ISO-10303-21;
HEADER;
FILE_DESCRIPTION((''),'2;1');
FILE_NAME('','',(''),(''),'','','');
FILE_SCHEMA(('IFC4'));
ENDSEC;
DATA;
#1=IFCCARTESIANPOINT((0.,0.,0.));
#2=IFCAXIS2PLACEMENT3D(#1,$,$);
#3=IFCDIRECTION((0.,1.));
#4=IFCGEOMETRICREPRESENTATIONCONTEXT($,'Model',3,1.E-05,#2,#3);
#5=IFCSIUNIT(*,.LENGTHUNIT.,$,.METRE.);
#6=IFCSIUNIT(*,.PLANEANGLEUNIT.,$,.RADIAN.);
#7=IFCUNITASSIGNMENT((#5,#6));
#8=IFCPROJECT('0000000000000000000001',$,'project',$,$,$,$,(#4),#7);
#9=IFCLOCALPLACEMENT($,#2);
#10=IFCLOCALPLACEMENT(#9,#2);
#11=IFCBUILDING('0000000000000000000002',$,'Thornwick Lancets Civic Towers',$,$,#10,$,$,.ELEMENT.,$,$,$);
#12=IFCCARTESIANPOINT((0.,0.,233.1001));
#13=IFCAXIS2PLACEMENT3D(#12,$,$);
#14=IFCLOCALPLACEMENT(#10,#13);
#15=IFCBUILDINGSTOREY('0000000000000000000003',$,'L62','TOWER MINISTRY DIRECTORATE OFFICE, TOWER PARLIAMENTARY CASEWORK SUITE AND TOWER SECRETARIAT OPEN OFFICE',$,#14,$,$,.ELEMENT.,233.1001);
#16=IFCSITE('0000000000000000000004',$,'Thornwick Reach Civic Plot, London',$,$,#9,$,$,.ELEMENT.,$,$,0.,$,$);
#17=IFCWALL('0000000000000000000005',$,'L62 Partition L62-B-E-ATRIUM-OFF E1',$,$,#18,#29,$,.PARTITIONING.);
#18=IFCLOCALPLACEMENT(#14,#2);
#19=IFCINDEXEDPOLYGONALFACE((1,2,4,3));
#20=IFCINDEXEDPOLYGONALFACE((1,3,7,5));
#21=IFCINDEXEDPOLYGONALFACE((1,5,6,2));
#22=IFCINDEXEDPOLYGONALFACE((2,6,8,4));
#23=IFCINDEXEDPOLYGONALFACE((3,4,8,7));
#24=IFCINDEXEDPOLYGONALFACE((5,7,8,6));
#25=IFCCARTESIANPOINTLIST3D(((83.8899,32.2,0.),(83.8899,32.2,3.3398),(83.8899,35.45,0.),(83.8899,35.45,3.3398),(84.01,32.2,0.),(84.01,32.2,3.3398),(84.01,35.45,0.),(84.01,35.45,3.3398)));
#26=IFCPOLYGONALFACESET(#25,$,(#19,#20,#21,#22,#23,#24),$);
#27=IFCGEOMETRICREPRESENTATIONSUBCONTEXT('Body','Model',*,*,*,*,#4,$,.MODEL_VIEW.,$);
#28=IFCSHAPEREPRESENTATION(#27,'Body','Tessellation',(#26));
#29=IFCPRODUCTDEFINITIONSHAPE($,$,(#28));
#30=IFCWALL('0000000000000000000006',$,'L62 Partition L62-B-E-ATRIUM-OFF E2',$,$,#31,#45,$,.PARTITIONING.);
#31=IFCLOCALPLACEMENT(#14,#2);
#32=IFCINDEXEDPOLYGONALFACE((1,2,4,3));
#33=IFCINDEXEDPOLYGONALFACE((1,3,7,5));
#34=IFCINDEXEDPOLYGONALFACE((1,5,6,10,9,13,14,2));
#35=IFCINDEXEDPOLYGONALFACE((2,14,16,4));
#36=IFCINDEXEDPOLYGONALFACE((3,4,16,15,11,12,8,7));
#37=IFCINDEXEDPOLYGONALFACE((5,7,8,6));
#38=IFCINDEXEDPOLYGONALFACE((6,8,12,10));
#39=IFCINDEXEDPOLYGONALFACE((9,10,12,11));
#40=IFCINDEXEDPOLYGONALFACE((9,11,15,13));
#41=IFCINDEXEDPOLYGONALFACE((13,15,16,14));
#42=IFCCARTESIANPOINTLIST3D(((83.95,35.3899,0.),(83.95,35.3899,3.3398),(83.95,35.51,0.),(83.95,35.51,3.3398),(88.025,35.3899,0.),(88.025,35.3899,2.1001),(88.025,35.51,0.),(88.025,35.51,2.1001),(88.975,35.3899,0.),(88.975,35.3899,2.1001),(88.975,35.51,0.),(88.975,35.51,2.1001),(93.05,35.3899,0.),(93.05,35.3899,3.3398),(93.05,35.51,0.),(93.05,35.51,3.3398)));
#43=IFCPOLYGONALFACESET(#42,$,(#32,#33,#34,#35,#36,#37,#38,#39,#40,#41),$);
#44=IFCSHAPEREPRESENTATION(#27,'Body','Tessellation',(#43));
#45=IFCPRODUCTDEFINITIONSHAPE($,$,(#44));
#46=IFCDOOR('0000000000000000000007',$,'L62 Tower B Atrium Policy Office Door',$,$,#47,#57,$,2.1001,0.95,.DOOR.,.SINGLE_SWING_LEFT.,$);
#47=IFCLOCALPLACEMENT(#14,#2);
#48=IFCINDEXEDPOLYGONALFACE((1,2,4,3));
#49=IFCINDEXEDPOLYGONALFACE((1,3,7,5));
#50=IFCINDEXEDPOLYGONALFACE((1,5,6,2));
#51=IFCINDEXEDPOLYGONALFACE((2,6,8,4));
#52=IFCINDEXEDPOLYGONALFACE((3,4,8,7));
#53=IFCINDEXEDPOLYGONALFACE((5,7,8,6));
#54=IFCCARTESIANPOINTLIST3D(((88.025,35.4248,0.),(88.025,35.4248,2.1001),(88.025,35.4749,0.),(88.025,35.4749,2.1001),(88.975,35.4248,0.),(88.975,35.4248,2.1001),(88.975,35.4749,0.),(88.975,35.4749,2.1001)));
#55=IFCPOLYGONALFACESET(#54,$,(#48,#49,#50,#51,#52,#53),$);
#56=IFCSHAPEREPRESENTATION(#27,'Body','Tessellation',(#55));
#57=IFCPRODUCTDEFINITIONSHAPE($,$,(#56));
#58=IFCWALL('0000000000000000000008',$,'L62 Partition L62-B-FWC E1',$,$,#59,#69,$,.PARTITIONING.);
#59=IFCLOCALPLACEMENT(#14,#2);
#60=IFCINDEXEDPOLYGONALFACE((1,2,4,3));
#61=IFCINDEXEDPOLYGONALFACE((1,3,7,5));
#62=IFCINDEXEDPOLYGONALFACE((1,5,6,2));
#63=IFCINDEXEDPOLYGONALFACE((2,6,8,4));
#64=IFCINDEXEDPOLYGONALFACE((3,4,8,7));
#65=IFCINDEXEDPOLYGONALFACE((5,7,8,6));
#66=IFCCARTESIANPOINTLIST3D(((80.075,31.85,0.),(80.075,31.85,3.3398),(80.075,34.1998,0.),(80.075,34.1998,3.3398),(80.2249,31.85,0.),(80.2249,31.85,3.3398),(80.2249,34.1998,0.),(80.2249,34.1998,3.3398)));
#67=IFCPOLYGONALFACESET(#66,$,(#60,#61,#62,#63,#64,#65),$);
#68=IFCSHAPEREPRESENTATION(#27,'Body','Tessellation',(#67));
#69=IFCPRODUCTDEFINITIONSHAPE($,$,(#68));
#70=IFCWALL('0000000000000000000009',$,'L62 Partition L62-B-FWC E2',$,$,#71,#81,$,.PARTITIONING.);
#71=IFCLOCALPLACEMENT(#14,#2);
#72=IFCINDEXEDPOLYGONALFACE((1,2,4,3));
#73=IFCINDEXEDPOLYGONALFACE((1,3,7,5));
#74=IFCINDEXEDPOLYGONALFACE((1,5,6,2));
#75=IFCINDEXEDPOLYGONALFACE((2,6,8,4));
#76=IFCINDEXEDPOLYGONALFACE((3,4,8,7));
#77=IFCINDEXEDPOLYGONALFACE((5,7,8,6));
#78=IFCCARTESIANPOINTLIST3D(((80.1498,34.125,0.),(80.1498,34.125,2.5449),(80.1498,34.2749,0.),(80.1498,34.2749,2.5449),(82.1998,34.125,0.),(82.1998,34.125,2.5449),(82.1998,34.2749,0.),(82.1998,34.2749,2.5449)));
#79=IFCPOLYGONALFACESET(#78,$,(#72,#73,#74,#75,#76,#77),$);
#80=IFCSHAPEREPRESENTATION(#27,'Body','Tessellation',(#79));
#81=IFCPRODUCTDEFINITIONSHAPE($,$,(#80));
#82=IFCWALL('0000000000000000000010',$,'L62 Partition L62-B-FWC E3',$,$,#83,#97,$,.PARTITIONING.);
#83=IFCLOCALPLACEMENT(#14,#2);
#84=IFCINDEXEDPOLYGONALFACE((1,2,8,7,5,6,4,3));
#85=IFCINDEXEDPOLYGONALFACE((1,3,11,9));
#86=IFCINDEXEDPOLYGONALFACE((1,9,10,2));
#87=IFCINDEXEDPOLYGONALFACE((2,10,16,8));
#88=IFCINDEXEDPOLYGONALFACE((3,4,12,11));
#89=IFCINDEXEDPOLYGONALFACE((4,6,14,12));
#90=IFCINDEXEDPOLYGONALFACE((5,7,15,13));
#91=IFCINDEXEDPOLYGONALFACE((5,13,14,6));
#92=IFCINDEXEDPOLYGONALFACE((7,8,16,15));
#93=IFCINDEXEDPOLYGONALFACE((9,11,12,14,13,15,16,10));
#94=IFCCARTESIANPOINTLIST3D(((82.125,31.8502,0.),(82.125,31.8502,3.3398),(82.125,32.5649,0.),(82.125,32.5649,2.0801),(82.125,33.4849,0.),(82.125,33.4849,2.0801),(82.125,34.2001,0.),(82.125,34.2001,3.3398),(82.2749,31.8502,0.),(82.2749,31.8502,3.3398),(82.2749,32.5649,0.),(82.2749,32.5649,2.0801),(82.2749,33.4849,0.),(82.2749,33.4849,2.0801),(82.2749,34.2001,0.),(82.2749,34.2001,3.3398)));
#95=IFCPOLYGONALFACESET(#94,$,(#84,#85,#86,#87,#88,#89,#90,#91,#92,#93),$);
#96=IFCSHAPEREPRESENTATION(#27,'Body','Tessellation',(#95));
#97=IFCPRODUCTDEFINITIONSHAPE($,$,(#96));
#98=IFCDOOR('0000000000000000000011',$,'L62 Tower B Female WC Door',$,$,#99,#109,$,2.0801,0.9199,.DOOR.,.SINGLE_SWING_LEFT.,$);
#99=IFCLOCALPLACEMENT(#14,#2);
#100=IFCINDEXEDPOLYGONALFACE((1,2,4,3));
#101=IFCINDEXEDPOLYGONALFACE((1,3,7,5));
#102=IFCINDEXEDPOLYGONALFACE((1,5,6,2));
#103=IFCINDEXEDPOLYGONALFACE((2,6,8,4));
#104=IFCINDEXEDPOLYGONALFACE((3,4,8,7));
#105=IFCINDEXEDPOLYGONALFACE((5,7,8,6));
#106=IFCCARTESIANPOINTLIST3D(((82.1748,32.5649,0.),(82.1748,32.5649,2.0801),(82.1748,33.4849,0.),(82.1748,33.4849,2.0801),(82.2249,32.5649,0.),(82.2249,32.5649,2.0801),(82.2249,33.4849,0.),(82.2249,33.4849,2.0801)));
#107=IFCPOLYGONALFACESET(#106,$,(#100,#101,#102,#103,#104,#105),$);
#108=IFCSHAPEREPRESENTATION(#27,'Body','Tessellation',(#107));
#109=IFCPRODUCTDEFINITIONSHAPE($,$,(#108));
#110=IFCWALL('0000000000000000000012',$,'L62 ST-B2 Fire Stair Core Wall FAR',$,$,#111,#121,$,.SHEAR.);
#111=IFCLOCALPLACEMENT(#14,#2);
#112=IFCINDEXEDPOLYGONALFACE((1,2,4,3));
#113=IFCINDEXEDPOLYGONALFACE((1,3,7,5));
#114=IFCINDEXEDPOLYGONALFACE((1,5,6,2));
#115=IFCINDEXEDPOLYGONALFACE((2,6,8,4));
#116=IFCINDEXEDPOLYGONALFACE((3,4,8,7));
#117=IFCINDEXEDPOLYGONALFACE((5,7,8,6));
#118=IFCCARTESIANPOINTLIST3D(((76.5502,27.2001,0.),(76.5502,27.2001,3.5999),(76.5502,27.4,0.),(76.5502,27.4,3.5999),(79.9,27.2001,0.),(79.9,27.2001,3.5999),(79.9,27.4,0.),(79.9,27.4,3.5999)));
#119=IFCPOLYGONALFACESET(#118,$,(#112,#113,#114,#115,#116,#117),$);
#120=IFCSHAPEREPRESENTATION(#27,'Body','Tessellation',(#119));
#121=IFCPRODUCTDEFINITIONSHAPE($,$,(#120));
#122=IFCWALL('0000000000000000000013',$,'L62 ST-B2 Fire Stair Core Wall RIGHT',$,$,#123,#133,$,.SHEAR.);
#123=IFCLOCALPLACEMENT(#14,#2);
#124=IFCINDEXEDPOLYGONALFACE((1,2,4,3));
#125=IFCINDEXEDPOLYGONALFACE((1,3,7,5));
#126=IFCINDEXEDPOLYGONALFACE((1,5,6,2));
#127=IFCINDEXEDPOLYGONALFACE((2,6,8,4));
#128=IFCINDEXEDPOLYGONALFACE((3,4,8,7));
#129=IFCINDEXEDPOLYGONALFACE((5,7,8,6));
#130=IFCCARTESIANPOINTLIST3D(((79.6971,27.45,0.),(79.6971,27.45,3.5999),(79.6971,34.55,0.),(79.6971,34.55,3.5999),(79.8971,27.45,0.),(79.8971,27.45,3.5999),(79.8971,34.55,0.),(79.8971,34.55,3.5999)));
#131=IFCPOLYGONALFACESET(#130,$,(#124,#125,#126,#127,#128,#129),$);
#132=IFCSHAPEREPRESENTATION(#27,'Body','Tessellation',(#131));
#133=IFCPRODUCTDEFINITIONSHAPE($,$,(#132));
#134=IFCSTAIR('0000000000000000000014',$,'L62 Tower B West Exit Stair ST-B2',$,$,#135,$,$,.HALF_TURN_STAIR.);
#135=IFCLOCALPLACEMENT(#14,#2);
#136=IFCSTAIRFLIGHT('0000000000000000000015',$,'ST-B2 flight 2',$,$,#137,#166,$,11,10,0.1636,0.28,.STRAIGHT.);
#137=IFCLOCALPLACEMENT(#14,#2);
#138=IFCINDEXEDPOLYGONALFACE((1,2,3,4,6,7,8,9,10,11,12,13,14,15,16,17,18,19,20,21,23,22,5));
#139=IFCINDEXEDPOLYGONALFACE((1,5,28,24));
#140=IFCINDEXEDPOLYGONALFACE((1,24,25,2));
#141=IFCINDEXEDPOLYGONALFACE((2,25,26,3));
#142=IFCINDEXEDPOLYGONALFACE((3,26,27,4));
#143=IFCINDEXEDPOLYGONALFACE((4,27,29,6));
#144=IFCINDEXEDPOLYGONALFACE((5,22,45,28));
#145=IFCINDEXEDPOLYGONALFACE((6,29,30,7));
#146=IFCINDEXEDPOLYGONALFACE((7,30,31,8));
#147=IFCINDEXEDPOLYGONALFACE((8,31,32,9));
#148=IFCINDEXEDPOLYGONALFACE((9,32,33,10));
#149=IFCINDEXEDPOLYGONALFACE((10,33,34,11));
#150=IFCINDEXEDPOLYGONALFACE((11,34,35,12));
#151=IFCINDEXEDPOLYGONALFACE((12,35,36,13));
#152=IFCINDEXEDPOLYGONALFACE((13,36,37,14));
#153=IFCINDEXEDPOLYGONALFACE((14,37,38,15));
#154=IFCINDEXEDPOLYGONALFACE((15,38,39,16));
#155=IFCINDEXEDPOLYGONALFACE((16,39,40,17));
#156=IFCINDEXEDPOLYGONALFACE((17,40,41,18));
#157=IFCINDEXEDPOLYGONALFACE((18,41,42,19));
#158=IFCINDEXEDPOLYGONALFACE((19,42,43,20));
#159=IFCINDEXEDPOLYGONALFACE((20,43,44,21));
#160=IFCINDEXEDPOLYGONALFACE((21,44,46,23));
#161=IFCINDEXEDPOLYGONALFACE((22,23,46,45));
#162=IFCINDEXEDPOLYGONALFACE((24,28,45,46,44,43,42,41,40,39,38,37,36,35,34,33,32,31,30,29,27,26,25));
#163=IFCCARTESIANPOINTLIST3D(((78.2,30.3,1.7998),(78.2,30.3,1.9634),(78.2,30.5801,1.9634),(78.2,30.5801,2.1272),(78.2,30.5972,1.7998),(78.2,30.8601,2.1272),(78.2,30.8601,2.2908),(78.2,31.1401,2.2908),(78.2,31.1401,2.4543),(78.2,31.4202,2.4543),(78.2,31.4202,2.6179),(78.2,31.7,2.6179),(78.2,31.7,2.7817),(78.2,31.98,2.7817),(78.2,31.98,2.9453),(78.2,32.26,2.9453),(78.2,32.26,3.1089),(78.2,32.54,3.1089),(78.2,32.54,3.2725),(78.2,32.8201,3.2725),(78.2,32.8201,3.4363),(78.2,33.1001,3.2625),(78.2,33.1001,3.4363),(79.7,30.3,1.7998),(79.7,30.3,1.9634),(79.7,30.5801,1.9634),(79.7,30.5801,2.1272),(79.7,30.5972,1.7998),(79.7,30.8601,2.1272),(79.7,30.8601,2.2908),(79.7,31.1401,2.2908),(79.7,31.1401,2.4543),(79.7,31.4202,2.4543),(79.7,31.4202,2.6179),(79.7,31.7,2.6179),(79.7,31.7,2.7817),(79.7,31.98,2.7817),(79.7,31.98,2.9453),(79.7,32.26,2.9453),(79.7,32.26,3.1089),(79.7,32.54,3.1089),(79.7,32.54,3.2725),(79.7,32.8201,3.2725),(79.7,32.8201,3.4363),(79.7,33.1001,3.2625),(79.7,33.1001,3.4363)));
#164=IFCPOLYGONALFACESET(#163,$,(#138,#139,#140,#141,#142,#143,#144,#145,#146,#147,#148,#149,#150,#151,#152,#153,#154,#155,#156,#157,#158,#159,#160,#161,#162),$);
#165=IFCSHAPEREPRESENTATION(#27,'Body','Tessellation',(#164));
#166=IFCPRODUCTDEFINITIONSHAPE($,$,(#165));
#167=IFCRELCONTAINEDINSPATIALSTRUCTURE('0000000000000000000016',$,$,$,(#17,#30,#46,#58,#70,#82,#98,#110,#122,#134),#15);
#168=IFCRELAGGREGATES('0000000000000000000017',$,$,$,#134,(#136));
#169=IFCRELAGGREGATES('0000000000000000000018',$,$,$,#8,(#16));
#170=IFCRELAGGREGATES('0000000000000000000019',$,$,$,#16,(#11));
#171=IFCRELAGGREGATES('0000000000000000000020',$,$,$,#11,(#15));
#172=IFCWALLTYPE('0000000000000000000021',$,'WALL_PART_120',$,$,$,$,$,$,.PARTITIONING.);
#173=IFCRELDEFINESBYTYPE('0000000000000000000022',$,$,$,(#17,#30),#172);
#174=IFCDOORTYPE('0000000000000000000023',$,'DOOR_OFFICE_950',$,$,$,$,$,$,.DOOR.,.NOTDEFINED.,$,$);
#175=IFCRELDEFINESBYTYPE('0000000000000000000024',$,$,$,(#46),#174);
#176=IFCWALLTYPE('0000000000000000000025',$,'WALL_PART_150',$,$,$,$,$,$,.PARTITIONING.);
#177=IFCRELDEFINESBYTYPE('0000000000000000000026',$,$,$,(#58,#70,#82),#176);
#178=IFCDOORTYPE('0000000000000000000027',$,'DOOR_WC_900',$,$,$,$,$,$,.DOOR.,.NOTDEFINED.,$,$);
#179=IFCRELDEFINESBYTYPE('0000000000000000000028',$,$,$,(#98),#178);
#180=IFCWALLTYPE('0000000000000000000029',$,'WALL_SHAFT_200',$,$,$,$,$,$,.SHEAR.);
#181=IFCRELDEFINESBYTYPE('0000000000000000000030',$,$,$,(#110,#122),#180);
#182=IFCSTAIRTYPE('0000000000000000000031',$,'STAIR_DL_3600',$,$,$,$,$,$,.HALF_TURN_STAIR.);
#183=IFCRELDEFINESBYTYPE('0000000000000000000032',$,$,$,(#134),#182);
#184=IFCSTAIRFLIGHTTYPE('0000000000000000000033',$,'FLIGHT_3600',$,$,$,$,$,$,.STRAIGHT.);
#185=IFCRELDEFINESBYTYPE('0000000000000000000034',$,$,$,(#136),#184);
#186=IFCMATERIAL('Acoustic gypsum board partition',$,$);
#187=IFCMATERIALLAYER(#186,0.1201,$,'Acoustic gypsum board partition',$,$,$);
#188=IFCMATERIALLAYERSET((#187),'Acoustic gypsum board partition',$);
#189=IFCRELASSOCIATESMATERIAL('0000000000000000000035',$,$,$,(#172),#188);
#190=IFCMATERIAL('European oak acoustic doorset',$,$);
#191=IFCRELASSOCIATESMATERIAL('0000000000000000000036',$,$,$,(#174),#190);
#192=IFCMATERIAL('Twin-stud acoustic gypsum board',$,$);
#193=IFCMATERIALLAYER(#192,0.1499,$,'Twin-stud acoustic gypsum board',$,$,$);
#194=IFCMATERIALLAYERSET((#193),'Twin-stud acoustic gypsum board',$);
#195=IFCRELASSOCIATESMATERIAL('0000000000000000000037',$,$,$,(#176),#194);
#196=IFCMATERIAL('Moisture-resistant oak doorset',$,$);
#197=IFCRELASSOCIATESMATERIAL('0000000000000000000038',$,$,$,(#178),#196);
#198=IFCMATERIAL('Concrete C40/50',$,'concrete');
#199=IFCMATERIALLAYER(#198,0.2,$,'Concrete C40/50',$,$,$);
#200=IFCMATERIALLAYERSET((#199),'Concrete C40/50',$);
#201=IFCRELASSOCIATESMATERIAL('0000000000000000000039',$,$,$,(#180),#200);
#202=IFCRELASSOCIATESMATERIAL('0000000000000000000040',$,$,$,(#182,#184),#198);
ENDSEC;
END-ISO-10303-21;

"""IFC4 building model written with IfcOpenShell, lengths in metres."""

from ifc_helpers import new_model, si_unit, direction, frame, frame_2d, origin, place, context, subcontext, project, spatial, polyline, rectangle, outline, extrude, material, layer, layer_set, type_object, element, fill, aggregate, save


model = new_model("IFC4")

# Units and contexts
model_context = context("Model", 3, precision=1e-05, world=origin(), true_north=direction((0.0, 1.0)))
body_context = subcontext(model_context, "Body", "Model", "MODEL_VIEW")
ifc_project = project(units=[si_unit("LENGTHUNIT", "METRE"), si_unit("PLANEANGLEUNIT", "RADIAN")], contexts=[model_context])

# Site, building, storey
site_placement = place(None, origin())
site = spatial("IfcSite", under=ifc_project, at=site_placement, Name="Thornwick Reach Civic Plot, London", CompositionType="ELEMENT", RefElevation=0.0)
building_placement = place(site_placement, origin())
building = spatial("IfcBuilding", under=site, at=building_placement, Name="Thornwick Lancets Civic Towers", CompositionType="ELEMENT")
storey_placement = place(building_placement, frame((0.0, 0.0, 233.1001)))
storey = spatial("IfcBuildingStorey", under=building, at=storey_placement, Name="L62", Description="TOWER MINISTRY DIRECTORATE OFFICE, TOWER PARLIAMENTARY CASEWORK SUITE AND TOWER SECRETARIAT OPEN OFFICE", CompositionType="ELEMENT", Elevation=233.1001)

# Wall
ifc_material_1 = material(Name="Acoustic gypsum board partition")
ifc_layer_1 = layer(ifc_material_1, 0.1201, Name="Acoustic gypsum board partition")
ifc_layer_set_1 = layer_set([ifc_layer_1], Name="Acoustic gypsum board partition")
wall_type_1 = type_object("IfcWallType", Name="WALL_PART_120", PredefinedType="PARTITIONING", material=ifc_layer_set_1)
wall_1_placement = place(storey_placement, frame((83.95, 32.2, 0.0), z_axis=(0.0, 0.0, 1.0), x_axis=(0.0, 1.0, 0.0)))
element("IfcWall", 1, at=wall_1_placement, inside=storey, type_object=wall_type_1, Name="L62 Partition L62-B-E-ATRIUM-OFF E1", PredefinedType="PARTITIONING", context=body_context, shape_type="SweptSolid", body=[
    extrude(rectangle(XDim=3.25, YDim=0.1201, at=frame_2d((1.625, 0.0))), origin(), (0.0, 0.0, 1.0), 3.3398),
])

# Wall, opening, door
wall_2_placement = place(storey_placement, frame((83.95, 35.45, 0.0), z_axis=(0.0, 0.0, 1.0), x_axis=(1.0, 0.0, 0.0)))
wall_2 = element("IfcWall", 2, at=wall_2_placement, inside=storey, type_object=wall_type_1, Name="L62 Partition L62-B-E-ATRIUM-OFF E2", PredefinedType="PARTITIONING", context=body_context, shape_type="SweptSolid", body=[
    extrude(rectangle(XDim=9.1001, YDim=0.1201, at=frame_2d((4.55, 0.0))), origin(), (0.0, 0.0, 1.0), 3.3398),
])
opening_1_placement = place(wall_2_placement, frame((4.075, 0.0, 0.0)))
opening_1 = element("IfcOpeningElement", 3, at=opening_1_placement, cuts=wall_2, PredefinedType="OPENING", context=body_context, shape_type="SweptSolid", body=[
    extrude(rectangle(XDim=0.95, YDim=2.1001, at=frame_2d((0.4751, 1.05))), frame((0.0, 0.0701, 0.0), z_axis=(0.0, -1.0, 0.0), x_axis=(1.0, 0.0, 0.0)), (0.0, 0.0, 1.0), 0.1401),
])
ifc_material_2 = material(Name="European oak acoustic doorset")
door_type_1 = type_object("IfcDoorType", Name="DOOR_OFFICE_950", OperationType="NOTDEFINED", PredefinedType="DOOR", material=ifc_material_2)
door_1_placement = place(opening_1_placement, origin())
door_1 = element("IfcDoor", 4, at=door_1_placement, inside=storey, type_object=door_type_1, Name="L62 Tower B Atrium Policy Office Door", OperationType="SINGLE_SWING_LEFT", OverallHeight=2.1001, OverallWidth=0.95, PredefinedType="DOOR", context=body_context, shape_type="SweptSolid", body=[
    extrude(rectangle(XDim=0.95, YDim=2.1001, at=frame_2d((0.4751, 1.05))), frame((0.0, 0.0249, 0.0), z_axis=(0.0, -1.0, 0.0), x_axis=(1.0, 0.0, 0.0)), (0.0, 0.0, 1.0), 0.05),
])
fill(opening_1, door_1)

# Walls
ifc_material_3 = material(Name="Twin-stud acoustic gypsum board")
ifc_layer_2 = layer(ifc_material_3, 0.1499, Name="Twin-stud acoustic gypsum board")
ifc_layer_set_2 = layer_set([ifc_layer_2], Name="Twin-stud acoustic gypsum board")
wall_type_2 = type_object("IfcWallType", Name="WALL_PART_150", PredefinedType="PARTITIONING", material=ifc_layer_set_2)
wall_3_placement = place(storey_placement, frame((80.1499, 31.8501, 0.0), z_axis=(0.0, 0.0, 1.0), x_axis=(0.0, 1.0, 0.0)))
element("IfcWall", 5, at=wall_3_placement, inside=storey, type_object=wall_type_2, Name="L62 Partition L62-B-FWC E1", PredefinedType="PARTITIONING", context=body_context, shape_type="SweptSolid", body=[
    extrude(rectangle(XDim=2.3499, YDim=0.1499, at=frame_2d((1.1748, 0.0))), origin(), (0.0, 0.0, 1.0), 3.3398),
])
wall_4_placement = place(storey_placement, frame((80.1499, 34.2, 0.0), z_axis=(0.0, 0.0, 1.0), x_axis=(1.0, 0.0, 0.0)))
element("IfcWall", 6, at=wall_4_placement, inside=storey, type_object=wall_type_2, Name="L62 Partition L62-B-FWC E2", PredefinedType="PARTITIONING", context=body_context, shape_type="SweptSolid", body=[
    extrude(rectangle(XDim=2.05, YDim=0.1499, at=frame_2d((1.0249, 0.0))), origin(), (0.0, 0.0, 1.0), 2.5449),
])

# Wall, opening, door
wall_5_placement = place(storey_placement, frame((82.2, 34.2, 0.0), z_axis=(0.0, 0.0, 1.0), x_axis=(0.0, -1.0, 0.0)))
wall_5 = element("IfcWall", 7, at=wall_5_placement, inside=storey, type_object=wall_type_2, Name="L62 Partition L62-B-FWC E3", PredefinedType="PARTITIONING", context=body_context, shape_type="SweptSolid", body=[
    extrude(rectangle(XDim=2.3499, YDim=0.1499, at=frame_2d((1.1748, 0.0))), origin(), (0.0, 0.0, 1.0), 3.3398),
])
opening_2_placement = place(wall_5_placement, frame((0.7151, 0.0, 0.0)))
opening_2 = element("IfcOpeningElement", 8, at=opening_2_placement, cuts=wall_5, PredefinedType="OPENING", context=body_context, shape_type="SweptSolid", body=[
    extrude(rectangle(XDim=0.9199, YDim=2.0801, at=frame_2d((0.46, 1.04))), frame((0.0, 0.085, 0.0), z_axis=(0.0, -1.0, 0.0), x_axis=(1.0, 0.0, 0.0)), (0.0, 0.0, 1.0), 0.1699),
])
ifc_material_4 = material(Name="Moisture-resistant oak doorset")
door_type_2 = type_object("IfcDoorType", Name="DOOR_WC_900", OperationType="NOTDEFINED", PredefinedType="DOOR", material=ifc_material_4)
door_2_placement = place(opening_2_placement, origin())
door_2 = element("IfcDoor", 9, at=door_2_placement, inside=storey, type_object=door_type_2, Name="L62 Tower B Female WC Door", OperationType="SINGLE_SWING_LEFT", OverallHeight=2.0801, OverallWidth=0.9199, PredefinedType="DOOR", context=body_context, shape_type="SweptSolid", body=[
    extrude(rectangle(XDim=0.9199, YDim=2.0801, at=frame_2d((0.46, 1.04))), frame((0.0, 0.0249, 0.0), z_axis=(0.0, -1.0, 0.0), x_axis=(1.0, 0.0, 0.0)), (0.0, 0.0, 1.0), 0.05),
])
fill(opening_2, door_2)

# Walls
ifc_material_5 = material(Name="Concrete C40/50", Category="concrete")
ifc_layer_3 = layer(ifc_material_5, 0.2, Name="Concrete C40/50")
ifc_layer_set_3 = layer_set([ifc_layer_3], Name="Concrete C40/50")
wall_type_3 = type_object("IfcWallType", Name="WALL_SHAFT_200", PredefinedType="SHEAR", material=ifc_layer_set_3)
wall_6_placement = place(storey_placement, frame((79.8999, 27.3, 0.0), z_axis=(0.0, 0.0, 1.0), x_axis=(-1.0, 0.0, 0.0)))
element("IfcWall", 10, at=wall_6_placement, inside=storey, type_object=wall_type_3, Name="L62 ST-B2 Fire Stair Core Wall FAR", PredefinedType="SHEAR", context=body_context, shape_type="SweptSolid", body=[
    extrude(rectangle(XDim=3.3499, YDim=0.2, at=frame_2d((1.6748, 0.0))), origin(), (0.0, 0.0, 1.0), 3.5999),
])
wall_7_placement = place(storey_placement, frame((79.7971, 27.45, 0.0), z_axis=(0.0, 0.0, 1.0), x_axis=(0.0, 1.0, 0.0)))
element("IfcWall", 11, at=wall_7_placement, inside=storey, type_object=wall_type_3, Name="L62 ST-B2 Fire Stair Core Wall RIGHT", PredefinedType="SHEAR", context=body_context, shape_type="SweptSolid", body=[
    extrude(rectangle(XDim=7.1001, YDim=0.2, at=frame_2d((3.55, 0.0))), origin(), (0.0, 0.0, 1.0), 3.5999),
])

# Stair, stair flight
stair_type = type_object("IfcStairType", Name="STAIR_DL_3600", PredefinedType="HALF_TURN_STAIR", material=ifc_material_5)
stair_placement = place(storey_placement, origin())
stair = element("IfcStair", 12, at=stair_placement, inside=storey, type_object=stair_type, Name="L62 Tower B West Exit Stair ST-B2", PredefinedType="HALF_TURN_STAIR")
stair_flight_type = type_object("IfcStairFlightType", Name="FLIGHT_3600", PredefinedType="STRAIGHT", material=ifc_material_5)
stair_flight_placement = place(storey_placement, frame((78.95, 30.3, 1.7998), z_axis=(0.0, 0.0, 1.0), x_axis=(0.0, 1.0, 0.0)))
stair_flight = element("IfcStairFlight", 13, at=stair_flight_placement, type_object=stair_flight_type, Name="ST-B2 flight 2", NumberOfRisers=11, NumberOfTreads=10, PredefinedType="STRAIGHT", RiserHeight=0.1636, TreadLength=0.28, context=body_context, shape_type="SweptSolid", body=[
    extrude(outline(polyline([(0.0, 0.0), (0.0, 0.1636), (0.28, 0.1636), (0.28, 0.3274), (0.5601, 0.3274), (0.5601, 0.491), (0.8401, 0.491), (0.8401, 0.6545), (1.1201, 0.6545), (1.1201, 0.8181), (1.3999, 0.8181), (1.3999, 0.9819), (1.6799, 0.9819), (1.6799, 1.1455), (1.96, 1.1455), (1.96, 1.3091), (2.24, 1.3091), (2.24, 1.4727), (2.52, 1.4727), (2.52, 1.6365), (2.8, 1.6365), (2.8, 1.8), (2.8, 1.4626), (0.2971, 0.0), (0.0, 0.0)])), frame((0.0, 0.75, 0.0), z_axis=(0.0, -1.0, 0.0), x_axis=(1.0, 0.0, 0.0)), (0.0, 0.0, 1.0), 1.5),
])
aggregate(stair, [stair_flight])

save(model, "model.ifc")
